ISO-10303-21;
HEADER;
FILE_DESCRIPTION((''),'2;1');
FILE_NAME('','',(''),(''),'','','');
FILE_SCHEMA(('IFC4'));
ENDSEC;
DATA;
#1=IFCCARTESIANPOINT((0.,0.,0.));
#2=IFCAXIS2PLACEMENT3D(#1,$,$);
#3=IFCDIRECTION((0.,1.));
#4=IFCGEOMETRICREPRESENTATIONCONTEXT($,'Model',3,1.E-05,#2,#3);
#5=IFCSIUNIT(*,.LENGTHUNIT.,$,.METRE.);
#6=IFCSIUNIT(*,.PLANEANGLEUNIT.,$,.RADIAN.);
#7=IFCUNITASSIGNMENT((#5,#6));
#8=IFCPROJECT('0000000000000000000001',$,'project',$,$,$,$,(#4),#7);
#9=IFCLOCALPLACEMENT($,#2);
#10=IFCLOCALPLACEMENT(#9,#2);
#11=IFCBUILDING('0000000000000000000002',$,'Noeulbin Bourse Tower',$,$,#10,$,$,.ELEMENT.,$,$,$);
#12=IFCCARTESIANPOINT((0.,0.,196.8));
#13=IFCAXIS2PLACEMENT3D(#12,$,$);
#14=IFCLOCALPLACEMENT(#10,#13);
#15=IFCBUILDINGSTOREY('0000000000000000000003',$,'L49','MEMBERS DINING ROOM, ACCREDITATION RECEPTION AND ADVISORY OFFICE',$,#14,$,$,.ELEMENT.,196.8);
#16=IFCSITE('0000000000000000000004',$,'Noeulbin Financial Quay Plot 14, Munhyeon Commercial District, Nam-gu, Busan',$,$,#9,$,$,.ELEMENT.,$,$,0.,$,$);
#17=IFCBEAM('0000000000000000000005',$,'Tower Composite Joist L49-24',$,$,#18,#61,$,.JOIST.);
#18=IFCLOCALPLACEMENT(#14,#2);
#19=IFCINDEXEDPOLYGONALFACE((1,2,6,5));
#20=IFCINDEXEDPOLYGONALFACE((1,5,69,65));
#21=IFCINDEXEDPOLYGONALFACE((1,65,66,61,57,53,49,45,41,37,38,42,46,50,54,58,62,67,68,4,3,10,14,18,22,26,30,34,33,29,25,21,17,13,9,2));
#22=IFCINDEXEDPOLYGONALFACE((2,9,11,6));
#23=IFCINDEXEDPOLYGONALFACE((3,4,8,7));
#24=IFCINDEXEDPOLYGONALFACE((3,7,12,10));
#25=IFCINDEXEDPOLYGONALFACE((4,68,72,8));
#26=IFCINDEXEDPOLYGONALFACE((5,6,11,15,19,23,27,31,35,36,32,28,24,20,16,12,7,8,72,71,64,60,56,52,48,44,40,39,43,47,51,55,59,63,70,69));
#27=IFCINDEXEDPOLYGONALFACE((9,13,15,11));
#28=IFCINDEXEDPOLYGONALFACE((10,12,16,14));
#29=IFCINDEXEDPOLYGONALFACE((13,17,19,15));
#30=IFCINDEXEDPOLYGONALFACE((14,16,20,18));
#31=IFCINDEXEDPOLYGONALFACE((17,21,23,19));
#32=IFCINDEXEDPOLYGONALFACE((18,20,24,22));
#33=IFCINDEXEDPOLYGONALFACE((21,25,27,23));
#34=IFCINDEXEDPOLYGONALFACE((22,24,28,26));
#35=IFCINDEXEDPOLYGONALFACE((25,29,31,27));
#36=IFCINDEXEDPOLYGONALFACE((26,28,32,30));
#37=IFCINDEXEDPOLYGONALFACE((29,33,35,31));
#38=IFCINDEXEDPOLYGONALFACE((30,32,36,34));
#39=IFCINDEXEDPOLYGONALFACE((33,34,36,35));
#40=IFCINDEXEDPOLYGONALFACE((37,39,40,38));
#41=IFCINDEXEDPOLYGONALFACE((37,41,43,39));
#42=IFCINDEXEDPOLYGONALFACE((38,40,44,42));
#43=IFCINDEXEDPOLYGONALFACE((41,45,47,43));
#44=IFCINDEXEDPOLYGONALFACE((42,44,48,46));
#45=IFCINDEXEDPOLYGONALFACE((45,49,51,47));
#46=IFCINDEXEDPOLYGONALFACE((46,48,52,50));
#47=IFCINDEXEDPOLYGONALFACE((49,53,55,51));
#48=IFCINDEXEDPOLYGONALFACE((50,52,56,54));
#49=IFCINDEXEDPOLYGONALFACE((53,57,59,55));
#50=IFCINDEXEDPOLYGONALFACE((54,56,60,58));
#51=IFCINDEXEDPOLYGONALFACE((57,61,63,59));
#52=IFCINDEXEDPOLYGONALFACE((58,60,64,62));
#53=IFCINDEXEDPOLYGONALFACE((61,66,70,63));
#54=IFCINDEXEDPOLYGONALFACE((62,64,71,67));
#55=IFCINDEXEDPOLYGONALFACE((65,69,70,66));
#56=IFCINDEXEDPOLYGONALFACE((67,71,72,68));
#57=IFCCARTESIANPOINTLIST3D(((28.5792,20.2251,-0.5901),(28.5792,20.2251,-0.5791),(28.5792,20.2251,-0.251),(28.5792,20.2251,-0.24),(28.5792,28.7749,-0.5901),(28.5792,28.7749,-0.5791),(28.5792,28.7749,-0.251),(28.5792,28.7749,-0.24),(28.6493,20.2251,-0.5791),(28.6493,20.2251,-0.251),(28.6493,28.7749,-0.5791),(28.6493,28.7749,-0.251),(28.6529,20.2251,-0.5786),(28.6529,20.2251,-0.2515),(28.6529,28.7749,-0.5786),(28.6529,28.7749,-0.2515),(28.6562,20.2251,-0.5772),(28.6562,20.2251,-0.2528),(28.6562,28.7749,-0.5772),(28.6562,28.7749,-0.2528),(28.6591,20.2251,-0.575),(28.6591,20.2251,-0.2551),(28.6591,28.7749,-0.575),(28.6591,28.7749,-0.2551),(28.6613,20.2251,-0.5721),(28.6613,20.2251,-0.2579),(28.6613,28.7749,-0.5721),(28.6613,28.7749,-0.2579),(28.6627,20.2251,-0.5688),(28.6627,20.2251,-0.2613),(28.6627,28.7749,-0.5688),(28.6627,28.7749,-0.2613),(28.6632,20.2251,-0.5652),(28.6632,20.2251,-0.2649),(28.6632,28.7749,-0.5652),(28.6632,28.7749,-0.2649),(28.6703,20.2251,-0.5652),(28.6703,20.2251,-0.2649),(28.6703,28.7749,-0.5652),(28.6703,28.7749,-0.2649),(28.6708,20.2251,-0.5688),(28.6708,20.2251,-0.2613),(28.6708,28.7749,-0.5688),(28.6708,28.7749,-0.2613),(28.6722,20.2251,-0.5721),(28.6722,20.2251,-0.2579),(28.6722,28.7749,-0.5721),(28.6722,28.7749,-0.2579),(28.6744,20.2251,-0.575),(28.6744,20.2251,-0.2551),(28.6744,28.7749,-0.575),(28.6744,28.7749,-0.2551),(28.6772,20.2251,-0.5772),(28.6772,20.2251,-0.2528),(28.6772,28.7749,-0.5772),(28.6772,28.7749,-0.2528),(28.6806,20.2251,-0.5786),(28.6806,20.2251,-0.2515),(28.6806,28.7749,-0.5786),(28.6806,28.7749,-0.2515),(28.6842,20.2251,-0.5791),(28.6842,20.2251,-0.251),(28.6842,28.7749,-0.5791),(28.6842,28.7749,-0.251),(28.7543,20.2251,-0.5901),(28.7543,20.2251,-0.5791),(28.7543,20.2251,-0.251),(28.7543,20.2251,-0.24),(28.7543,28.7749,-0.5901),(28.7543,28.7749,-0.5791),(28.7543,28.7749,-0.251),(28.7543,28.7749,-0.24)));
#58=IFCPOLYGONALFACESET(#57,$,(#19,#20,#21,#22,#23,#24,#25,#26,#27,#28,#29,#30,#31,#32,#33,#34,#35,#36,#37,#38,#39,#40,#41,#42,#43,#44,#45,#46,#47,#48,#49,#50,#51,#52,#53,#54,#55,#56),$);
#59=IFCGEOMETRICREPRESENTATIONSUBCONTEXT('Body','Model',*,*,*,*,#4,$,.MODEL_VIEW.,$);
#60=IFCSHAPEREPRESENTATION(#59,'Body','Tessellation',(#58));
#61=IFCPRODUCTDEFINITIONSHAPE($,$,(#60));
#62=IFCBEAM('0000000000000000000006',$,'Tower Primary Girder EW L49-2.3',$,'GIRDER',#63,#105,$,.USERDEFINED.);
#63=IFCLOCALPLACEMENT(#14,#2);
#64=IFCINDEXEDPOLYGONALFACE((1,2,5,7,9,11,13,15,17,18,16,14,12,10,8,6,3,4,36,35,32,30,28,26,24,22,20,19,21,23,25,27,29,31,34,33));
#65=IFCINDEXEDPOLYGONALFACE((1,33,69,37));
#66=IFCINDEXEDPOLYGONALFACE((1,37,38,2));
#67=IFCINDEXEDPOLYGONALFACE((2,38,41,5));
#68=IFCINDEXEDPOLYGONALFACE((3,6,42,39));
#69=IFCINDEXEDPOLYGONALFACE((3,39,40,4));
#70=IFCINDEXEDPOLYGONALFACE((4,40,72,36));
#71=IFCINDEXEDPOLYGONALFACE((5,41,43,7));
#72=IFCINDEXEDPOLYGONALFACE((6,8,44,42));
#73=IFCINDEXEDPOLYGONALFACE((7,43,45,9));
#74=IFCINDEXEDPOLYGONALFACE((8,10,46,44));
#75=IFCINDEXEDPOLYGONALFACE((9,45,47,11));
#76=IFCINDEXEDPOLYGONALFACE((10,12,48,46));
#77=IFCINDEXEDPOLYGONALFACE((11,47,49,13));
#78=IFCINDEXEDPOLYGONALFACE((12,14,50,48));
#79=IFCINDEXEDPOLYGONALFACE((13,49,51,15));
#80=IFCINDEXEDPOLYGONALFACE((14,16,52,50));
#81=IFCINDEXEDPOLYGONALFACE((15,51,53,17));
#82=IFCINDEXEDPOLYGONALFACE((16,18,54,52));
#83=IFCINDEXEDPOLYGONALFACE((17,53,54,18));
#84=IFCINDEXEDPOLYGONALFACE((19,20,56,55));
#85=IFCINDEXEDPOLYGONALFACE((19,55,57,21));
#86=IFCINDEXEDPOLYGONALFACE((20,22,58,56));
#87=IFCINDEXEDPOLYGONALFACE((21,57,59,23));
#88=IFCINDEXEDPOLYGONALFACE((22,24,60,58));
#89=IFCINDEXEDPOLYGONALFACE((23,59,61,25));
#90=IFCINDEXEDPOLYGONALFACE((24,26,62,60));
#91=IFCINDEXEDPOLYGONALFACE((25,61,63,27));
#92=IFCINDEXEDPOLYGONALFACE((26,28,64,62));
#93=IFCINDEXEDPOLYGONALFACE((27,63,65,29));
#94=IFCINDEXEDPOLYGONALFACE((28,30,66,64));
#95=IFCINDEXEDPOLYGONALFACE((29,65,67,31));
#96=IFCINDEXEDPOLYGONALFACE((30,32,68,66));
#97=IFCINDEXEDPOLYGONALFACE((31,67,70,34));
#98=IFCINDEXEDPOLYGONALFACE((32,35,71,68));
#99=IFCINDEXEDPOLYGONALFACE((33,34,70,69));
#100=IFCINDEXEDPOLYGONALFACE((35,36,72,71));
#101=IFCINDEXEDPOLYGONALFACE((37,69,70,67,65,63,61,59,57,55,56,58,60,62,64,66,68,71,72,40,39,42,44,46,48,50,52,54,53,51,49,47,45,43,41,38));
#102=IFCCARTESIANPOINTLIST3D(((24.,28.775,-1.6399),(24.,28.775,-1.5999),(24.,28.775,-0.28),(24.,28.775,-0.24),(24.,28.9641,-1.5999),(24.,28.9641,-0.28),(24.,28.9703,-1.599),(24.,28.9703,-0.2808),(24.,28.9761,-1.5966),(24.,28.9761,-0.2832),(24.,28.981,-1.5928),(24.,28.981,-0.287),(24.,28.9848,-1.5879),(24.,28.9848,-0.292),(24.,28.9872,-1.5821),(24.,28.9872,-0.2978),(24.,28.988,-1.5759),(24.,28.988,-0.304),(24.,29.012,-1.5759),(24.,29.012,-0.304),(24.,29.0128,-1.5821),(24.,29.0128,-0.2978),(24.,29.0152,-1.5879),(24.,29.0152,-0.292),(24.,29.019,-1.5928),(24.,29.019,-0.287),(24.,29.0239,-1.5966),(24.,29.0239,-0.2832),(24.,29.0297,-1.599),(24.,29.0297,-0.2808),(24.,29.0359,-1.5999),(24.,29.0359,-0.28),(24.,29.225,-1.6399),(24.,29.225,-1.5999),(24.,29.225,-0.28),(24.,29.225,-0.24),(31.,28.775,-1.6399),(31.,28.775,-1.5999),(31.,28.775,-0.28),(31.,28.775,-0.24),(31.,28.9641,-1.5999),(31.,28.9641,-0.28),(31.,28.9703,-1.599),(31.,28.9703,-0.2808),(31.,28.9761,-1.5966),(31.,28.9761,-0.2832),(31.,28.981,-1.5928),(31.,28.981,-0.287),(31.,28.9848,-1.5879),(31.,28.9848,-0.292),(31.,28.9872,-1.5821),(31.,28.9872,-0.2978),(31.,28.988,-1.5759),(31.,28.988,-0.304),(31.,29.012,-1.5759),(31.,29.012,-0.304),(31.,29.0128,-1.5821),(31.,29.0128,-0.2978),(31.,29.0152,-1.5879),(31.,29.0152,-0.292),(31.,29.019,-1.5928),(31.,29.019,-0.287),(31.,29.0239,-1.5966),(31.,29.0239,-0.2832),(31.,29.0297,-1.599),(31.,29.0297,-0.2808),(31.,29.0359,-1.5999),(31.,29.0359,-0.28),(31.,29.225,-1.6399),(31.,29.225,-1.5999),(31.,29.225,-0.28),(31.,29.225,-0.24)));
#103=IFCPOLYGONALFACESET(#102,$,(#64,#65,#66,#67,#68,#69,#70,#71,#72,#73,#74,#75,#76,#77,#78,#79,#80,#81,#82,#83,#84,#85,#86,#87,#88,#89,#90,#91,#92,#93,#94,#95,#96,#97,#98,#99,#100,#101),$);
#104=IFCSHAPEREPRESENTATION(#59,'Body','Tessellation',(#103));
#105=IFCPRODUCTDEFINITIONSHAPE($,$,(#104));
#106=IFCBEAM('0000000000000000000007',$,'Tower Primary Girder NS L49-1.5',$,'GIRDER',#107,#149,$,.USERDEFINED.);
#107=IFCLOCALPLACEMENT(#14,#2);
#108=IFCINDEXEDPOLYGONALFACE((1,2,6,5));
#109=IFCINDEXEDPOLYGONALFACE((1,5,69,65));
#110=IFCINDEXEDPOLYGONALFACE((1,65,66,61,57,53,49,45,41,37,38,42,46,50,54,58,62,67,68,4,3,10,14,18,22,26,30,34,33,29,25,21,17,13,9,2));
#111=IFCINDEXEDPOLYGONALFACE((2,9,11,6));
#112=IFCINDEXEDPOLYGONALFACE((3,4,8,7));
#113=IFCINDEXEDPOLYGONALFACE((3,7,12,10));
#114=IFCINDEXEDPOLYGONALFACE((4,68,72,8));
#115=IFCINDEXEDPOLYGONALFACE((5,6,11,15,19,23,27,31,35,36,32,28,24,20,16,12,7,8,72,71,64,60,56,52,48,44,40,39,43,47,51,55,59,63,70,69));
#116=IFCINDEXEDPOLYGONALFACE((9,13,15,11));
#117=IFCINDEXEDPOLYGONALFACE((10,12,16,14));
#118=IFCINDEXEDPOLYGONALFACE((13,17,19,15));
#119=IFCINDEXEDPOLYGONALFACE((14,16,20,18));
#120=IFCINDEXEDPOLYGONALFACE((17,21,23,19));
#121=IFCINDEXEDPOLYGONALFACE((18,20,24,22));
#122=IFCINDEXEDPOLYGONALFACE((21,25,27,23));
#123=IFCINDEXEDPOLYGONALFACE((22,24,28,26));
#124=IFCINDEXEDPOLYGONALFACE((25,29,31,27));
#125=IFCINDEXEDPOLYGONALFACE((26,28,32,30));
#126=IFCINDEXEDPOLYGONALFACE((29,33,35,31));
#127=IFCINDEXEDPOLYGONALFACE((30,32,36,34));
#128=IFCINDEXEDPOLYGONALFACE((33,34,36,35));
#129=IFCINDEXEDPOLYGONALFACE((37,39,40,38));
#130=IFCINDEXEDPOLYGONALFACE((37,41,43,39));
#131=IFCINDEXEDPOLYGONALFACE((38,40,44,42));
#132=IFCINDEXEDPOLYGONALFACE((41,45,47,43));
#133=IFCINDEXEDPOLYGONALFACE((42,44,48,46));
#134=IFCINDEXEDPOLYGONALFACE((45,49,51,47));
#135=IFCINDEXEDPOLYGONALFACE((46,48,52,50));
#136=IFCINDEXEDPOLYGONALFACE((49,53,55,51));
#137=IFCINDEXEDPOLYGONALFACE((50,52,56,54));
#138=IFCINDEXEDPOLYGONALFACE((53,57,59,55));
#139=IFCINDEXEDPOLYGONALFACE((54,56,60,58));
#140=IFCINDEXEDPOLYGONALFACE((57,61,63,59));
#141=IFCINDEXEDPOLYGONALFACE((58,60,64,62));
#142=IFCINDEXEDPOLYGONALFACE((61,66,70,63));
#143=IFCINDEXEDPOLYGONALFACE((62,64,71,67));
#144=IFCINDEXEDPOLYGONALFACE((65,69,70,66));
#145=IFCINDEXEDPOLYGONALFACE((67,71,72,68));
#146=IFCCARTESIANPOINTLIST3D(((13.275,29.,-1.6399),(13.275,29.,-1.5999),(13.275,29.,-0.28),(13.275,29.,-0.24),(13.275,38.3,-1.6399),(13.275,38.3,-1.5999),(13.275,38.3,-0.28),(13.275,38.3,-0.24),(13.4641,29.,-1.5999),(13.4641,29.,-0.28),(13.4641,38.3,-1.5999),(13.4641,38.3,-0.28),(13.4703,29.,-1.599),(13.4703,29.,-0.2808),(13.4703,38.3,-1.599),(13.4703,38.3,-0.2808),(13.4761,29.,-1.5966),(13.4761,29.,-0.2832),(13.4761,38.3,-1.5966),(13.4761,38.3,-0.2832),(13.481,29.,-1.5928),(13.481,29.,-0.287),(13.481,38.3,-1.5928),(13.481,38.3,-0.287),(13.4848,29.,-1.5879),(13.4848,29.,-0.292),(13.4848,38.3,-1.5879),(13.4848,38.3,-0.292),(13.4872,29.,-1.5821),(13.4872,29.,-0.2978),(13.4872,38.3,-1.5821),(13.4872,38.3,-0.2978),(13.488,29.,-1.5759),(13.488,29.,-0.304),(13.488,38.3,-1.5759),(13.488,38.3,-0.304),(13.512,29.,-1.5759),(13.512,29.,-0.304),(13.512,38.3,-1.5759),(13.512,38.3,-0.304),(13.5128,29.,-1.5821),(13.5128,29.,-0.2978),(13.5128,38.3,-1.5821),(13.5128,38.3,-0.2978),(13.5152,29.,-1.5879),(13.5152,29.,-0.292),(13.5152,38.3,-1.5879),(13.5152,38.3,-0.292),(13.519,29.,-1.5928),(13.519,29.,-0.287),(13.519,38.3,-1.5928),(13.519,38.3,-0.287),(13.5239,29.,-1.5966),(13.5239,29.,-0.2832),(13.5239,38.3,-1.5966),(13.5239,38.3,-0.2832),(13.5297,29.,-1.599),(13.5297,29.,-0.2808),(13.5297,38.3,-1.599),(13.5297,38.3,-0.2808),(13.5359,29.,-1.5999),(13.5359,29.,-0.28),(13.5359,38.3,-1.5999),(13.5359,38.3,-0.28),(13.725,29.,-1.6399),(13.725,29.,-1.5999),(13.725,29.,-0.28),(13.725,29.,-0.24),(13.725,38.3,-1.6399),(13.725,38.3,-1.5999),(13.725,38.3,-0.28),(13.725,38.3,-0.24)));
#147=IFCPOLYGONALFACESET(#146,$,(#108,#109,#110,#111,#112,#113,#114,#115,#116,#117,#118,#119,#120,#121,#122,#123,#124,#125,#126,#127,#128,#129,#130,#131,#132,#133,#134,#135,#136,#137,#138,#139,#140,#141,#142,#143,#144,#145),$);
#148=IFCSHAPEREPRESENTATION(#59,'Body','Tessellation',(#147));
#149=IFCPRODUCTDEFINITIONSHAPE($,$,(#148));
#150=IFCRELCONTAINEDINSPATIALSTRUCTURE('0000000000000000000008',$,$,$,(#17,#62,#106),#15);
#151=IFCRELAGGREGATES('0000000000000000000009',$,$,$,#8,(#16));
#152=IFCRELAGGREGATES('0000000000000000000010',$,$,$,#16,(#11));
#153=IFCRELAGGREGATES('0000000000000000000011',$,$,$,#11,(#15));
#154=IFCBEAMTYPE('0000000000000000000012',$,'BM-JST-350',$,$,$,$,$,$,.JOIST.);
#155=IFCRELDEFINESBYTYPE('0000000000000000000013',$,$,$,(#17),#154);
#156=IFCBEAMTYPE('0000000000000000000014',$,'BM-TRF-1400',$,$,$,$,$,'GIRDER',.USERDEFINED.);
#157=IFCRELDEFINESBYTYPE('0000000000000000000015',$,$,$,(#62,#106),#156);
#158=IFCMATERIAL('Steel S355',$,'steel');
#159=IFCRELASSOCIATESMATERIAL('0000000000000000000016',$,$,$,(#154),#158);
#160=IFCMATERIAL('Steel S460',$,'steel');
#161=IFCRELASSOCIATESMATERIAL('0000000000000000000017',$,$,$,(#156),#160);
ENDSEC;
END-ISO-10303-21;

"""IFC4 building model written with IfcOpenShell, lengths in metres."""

from ifc_helpers import new_model, si_unit, direction, frame, origin, origin_2d, place, context, subcontext, project, spatial, i_section, extrude, material, material_profile, profile_set, type_object, element, save


model = new_model("IFC4")

# Units and contexts
model_context = context("Model", 3, precision=1e-05, world=origin(), true_north=direction((0.0, 1.0)))
body_context = subcontext(model_context, "Body", "Model", "MODEL_VIEW")
ifc_project = project(units=[si_unit("LENGTHUNIT", "METRE"), si_unit("PLANEANGLEUNIT", "RADIAN")], contexts=[model_context])

# Site, building, storey
site_placement = place(None, origin())
site = spatial("IfcSite", under=ifc_project, at=site_placement, Name="Noeulbin Financial Quay Plot 14, Munhyeon Commercial District, Nam-gu, Busan", CompositionType="ELEMENT", RefElevation=0.0)
building_placement = place(site_placement, origin())
building = spatial("IfcBuilding", under=site, at=building_placement, Name="Noeulbin Bourse Tower", CompositionType="ELEMENT")
storey_placement = place(building_placement, frame((0.0, 0.0, 196.8)))
storey = spatial("IfcBuildingStorey", under=building, at=storey_placement, Name="L49", Description="MEMBERS DINING ROOM, ACCREDITATION RECEPTION AND ADVISORY OFFICE", CompositionType="ELEMENT", Elevation=196.8)

# Shared definitions
ifc_material_1 = material(Name="Steel S460", Category="steel")

# Beams
ifc_material_2 = material(Name="Steel S355", Category="steel")
ifc_material_profile_1 = material_profile(ifc_material_2, i_section(OverallWidth=0.175, OverallDepth=0.3501, WebThickness=0.0071, FlangeThickness=0.011, FilletRadius=0.0139, at=origin_2d()), Name="H-350x175x7x11", Category="LoadBearing")
ifc_profile_set_1 = profile_set([ifc_material_profile_1], Name="Steel S355")
beam_type_1 = type_object("IfcBeamType", Name="BM-JST-350", PredefinedType="JOIST", material=ifc_profile_set_1)
for number, where, z_axis, x_axis, name in (
    (1, (28.6667, 20.2251, -0.415), (0.0, 1.0, 0.0), (-1.0, 0.0, 0.0), "Tower Composite Joist L49-24"),
):
    element("IfcBeam", number, at=place(storey_placement, frame(where, z_axis=z_axis, x_axis=x_axis)), inside=storey, type_object=beam_type_1, Name=name, PredefinedType="JOIST", context=body_context, shape_type="SweptSolid", body=[
        extrude(i_section(OverallWidth=0.175, OverallDepth=0.3501, WebThickness=0.0071, FlangeThickness=0.011, FilletRadius=0.0139, at=origin_2d()), origin(), (0.0, 0.0, 1.0), 8.5498),
    ])
ifc_material_profile_2 = material_profile(ifc_material_1, i_section(OverallWidth=0.45, OverallDepth=1.3999, WebThickness=0.0239, FlangeThickness=0.04, FilletRadius=0.0239, at=origin_2d()), Name="PG-1400x450x24x40", Category="LoadBearing")
ifc_profile_set_2 = profile_set([ifc_material_profile_2], Name="Steel S460")
beam_type_2 = type_object("IfcBeamType", Name="BM-TRF-1400", ElementType="GIRDER", PredefinedType="USERDEFINED", material=ifc_profile_set_2)
beam_1_placement = place(storey_placement, frame((24.0, 29.0, -0.9399), z_axis=(1.0, 0.0, 0.0), x_axis=(0.0, 1.0, 0.0)))
element("IfcBeam", 2, at=beam_1_placement, inside=storey, type_object=beam_type_2, Name="Tower Primary Girder EW L49-2.3", ObjectType="GIRDER", PredefinedType="USERDEFINED", context=body_context, shape_type="SweptSolid", body=[
    extrude(i_section(OverallWidth=0.45, OverallDepth=1.3999, WebThickness=0.0239, FlangeThickness=0.04, FilletRadius=0.0239, at=origin_2d()), origin(), (0.0, 0.0, 1.0), 7.0),
])
beam_2_placement = place(storey_placement, frame((13.5, 29.0, -0.9399), z_axis=(0.0, 1.0, 0.0), x_axis=(-1.0, 0.0, 0.0)))
element("IfcBeam", 3, at=beam_2_placement, inside=storey, type_object=beam_type_2, Name="Tower Primary Girder NS L49-1.5", ObjectType="GIRDER", PredefinedType="USERDEFINED", context=body_context, shape_type="SweptSolid", body=[
    extrude(i_section(OverallWidth=0.45, OverallDepth=1.3999, WebThickness=0.0239, FlangeThickness=0.04, FilletRadius=0.0239, at=origin_2d()), origin(), (0.0, 0.0, 1.0), 9.3),
])

save(model, "model.ifc")
